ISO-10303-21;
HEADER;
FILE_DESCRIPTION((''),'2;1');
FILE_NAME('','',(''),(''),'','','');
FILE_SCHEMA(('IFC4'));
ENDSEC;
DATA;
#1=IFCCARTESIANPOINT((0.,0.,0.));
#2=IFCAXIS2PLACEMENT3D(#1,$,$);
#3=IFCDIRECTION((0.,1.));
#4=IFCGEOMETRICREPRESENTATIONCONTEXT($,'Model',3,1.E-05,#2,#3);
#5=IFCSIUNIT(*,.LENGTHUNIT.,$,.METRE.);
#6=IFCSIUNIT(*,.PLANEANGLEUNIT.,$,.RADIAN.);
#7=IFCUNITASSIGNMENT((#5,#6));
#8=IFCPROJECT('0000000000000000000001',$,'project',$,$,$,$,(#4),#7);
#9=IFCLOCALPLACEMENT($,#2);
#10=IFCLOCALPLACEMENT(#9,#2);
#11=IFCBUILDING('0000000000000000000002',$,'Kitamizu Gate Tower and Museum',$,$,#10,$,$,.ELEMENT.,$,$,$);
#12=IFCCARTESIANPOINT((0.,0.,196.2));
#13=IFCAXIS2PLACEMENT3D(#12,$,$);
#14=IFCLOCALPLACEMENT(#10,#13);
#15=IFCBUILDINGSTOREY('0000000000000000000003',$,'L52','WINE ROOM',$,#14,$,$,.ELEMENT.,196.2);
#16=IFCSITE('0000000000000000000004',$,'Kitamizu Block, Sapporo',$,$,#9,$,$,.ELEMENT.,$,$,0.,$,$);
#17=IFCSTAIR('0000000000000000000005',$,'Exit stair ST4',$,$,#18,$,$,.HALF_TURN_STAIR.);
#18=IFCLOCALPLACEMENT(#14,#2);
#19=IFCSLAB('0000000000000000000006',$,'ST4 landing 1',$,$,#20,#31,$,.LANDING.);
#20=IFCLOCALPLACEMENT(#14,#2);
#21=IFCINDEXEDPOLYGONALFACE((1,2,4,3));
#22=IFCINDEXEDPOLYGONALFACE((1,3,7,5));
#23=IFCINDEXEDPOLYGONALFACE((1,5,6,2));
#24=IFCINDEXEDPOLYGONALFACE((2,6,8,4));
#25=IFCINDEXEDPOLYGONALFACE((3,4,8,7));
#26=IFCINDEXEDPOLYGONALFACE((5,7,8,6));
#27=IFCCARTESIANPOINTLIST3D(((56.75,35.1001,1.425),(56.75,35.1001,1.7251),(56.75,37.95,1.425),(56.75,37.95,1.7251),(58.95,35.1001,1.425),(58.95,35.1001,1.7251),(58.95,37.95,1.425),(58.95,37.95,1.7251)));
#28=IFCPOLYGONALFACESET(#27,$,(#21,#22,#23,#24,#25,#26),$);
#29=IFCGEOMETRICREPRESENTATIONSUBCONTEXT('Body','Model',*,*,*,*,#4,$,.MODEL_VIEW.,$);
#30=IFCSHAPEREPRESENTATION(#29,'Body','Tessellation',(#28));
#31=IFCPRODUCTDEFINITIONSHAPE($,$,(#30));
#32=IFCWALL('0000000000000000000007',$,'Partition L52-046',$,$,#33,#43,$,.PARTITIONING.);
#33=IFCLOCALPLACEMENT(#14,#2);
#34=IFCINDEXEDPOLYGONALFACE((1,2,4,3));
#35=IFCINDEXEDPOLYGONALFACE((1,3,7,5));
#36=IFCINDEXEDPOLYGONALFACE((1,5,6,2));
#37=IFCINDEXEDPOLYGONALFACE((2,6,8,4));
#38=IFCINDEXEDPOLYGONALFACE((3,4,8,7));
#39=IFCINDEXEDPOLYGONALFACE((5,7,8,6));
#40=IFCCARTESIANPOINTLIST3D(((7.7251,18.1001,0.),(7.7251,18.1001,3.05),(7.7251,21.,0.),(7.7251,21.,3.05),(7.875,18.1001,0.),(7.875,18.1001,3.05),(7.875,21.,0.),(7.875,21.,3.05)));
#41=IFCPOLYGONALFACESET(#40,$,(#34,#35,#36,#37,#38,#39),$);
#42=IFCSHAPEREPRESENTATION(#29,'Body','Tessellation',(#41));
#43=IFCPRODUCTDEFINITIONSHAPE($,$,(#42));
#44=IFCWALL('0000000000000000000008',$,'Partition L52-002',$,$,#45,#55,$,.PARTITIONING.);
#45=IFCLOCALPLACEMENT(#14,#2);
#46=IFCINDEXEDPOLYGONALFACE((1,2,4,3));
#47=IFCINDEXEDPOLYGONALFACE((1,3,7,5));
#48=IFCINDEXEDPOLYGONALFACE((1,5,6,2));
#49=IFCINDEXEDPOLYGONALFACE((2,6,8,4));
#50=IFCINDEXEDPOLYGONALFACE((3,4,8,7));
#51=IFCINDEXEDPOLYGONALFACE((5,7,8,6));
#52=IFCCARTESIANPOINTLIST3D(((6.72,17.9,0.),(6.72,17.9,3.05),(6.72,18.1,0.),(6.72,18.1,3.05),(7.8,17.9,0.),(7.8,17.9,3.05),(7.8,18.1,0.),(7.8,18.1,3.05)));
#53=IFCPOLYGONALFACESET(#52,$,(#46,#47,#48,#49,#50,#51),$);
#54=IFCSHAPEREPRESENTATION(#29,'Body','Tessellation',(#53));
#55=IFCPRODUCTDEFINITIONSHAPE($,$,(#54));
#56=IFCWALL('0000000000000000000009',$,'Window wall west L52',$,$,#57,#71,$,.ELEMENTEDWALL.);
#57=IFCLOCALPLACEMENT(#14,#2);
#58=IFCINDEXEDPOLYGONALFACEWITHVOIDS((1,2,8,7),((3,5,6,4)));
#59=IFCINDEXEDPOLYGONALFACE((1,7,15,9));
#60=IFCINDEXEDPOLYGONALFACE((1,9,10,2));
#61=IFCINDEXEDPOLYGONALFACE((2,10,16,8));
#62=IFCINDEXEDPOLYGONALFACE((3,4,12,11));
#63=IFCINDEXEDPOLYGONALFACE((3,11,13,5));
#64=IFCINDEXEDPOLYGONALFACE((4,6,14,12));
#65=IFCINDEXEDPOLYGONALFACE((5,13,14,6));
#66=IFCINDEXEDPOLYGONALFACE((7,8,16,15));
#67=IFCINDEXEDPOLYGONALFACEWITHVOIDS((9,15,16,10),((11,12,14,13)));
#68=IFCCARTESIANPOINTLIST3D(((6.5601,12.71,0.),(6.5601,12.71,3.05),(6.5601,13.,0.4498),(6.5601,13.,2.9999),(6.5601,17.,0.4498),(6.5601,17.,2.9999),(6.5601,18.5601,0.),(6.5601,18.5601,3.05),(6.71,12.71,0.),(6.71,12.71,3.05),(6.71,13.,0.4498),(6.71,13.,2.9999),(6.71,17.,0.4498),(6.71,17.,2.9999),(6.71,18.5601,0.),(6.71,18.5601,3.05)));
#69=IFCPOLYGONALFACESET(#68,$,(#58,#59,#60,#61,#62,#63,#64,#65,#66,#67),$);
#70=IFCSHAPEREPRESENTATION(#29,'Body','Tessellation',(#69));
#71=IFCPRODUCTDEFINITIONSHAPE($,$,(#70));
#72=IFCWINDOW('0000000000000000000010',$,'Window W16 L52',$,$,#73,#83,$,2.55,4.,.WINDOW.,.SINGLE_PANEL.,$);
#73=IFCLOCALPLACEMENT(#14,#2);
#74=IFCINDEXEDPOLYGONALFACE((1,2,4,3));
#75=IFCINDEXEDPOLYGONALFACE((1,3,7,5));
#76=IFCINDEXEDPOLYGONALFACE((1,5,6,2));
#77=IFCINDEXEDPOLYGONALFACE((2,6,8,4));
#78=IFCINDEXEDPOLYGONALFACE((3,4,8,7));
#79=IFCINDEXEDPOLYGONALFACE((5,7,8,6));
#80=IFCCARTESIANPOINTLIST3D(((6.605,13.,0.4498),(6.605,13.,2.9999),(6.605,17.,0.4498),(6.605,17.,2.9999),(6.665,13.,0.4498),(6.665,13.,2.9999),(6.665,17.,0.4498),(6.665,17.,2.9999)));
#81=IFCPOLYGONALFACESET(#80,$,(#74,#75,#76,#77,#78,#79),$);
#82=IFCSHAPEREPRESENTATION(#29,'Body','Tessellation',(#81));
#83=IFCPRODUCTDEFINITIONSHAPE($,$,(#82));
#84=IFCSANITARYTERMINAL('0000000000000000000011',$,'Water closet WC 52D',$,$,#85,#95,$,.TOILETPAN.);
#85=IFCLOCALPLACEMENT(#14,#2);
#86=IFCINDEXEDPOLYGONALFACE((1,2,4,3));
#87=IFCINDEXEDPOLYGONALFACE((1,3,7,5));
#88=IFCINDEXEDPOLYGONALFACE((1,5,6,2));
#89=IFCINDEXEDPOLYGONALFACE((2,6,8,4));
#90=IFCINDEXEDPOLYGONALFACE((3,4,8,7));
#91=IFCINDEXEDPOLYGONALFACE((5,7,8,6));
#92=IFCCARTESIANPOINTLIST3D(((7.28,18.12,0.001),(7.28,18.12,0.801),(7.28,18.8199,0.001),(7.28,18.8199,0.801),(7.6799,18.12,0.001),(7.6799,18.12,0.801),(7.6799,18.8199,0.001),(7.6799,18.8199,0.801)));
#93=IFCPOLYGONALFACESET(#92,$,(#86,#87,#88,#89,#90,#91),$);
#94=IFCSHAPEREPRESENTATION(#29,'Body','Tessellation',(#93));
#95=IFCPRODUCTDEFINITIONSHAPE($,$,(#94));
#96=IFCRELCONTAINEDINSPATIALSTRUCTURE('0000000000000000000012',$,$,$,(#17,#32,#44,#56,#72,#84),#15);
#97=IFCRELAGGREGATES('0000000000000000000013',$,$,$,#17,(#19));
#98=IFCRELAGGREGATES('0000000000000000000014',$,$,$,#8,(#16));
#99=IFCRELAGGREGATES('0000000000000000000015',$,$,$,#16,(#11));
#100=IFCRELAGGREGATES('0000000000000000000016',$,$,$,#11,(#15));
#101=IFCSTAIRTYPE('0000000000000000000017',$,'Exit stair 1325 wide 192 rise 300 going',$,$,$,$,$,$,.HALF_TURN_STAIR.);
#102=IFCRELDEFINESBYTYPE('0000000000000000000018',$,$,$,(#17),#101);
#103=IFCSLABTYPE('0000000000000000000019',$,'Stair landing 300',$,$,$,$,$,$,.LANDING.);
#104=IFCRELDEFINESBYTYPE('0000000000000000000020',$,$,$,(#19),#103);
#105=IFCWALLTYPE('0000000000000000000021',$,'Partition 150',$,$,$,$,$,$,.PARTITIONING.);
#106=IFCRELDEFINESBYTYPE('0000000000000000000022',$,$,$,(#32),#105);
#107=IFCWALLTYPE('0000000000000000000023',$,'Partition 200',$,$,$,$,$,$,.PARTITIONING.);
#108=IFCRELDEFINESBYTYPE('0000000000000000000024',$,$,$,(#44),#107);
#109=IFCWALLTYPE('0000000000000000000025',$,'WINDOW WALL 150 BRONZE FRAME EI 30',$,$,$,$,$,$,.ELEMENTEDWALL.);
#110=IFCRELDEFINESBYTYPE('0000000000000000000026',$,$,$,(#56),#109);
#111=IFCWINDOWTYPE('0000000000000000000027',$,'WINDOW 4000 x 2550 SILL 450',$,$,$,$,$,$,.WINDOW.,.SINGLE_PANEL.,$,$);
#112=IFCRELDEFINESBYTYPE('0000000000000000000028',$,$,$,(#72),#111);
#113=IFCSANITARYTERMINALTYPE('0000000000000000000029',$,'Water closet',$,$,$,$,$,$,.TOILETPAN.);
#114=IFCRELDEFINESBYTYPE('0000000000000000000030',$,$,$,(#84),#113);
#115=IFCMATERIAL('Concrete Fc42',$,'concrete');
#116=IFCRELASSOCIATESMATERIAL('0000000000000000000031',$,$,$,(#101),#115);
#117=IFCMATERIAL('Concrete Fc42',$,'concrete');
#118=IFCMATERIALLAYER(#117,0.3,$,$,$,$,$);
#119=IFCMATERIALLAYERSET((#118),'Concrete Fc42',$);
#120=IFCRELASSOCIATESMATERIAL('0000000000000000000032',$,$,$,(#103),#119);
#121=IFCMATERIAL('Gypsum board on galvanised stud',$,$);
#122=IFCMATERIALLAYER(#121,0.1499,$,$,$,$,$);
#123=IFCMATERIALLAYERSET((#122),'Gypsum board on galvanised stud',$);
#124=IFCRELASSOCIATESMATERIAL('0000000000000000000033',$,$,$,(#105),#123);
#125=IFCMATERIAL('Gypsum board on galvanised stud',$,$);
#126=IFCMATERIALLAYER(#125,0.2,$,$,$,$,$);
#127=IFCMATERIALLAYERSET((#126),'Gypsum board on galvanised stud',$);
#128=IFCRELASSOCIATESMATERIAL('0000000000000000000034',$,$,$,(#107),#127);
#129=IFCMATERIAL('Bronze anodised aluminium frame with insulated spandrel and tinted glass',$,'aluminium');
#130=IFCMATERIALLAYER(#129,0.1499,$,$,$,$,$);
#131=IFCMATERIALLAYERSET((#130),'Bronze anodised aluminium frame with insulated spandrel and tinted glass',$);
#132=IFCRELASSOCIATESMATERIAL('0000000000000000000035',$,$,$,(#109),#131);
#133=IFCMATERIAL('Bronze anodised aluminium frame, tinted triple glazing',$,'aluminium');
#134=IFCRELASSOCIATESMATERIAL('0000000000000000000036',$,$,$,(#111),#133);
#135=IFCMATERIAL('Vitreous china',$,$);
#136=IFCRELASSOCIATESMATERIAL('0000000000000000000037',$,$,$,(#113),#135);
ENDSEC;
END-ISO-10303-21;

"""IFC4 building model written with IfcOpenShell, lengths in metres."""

from ifc_helpers import new_model, si_unit, direction, frame, frame_2d, origin, origin_2d, place, context, subcontext, project, spatial, polyline, rectangle, outline, extrude, material, layer, layer_set, type_object, element, fill, aggregate, save


model = new_model("IFC4")

# Units and contexts
model_context = context("Model", 3, precision=1e-05, world=origin(), true_north=direction((0.0, 1.0)))
body_context = subcontext(model_context, "Body", "Model", "MODEL_VIEW")
ifc_project = project(units=[si_unit("LENGTHUNIT", "METRE"), si_unit("PLANEANGLEUNIT", "RADIAN")], contexts=[model_context])

# Site, building, storey
site_placement = place(None, origin())
site = spatial("IfcSite", under=ifc_project, at=site_placement, Name="Kitamizu Block, Sapporo", CompositionType="ELEMENT", RefElevation=0.0)
building_placement = place(site_placement, origin())
building = spatial("IfcBuilding", under=site, at=building_placement, Name="Kitamizu Gate Tower and Museum", CompositionType="ELEMENT")
storey_placement = place(building_placement, frame((0.0, 0.0, 196.2)))
storey = spatial("IfcBuildingStorey", under=building, at=storey_placement, Name="L52", Description="WINE ROOM", CompositionType="ELEMENT", Elevation=196.2)

# Stair, slab
ifc_material_1 = material(Name="Concrete Fc42", Category="concrete")
stair_type = type_object("IfcStairType", Name="Exit stair 1325 wide 192 rise 300 going", PredefinedType="HALF_TURN_STAIR", material=ifc_material_1)
stair_placement = place(storey_placement, origin())
stair = element("IfcStair", 1, at=stair_placement, inside=storey, type_object=stair_type, Name="Exit stair ST4", PredefinedType="HALF_TURN_STAIR")
ifc_material_2 = material(Name="Concrete Fc42", Category="concrete")
ifc_layer_1 = layer(ifc_material_2, 0.3)
ifc_layer_set_1 = layer_set([ifc_layer_1], Name="Concrete Fc42")
slab_type = type_object("IfcSlabType", Name="Stair landing 300", PredefinedType="LANDING", material=ifc_layer_set_1)
slab_placement = place(storey_placement, frame((0.0, 0.0, 1.425)))
slab = element("IfcSlab", 2, at=slab_placement, type_object=slab_type, Name="ST4 landing 1", PredefinedType="LANDING", context=body_context, shape_type="SweptSolid", body=[
    extrude(outline(polyline([(56.75, 35.1001), (58.95, 35.1001), (58.95, 37.95), (56.75, 37.95), (56.75, 35.1001)])), origin(), (0.0, 0.0, 1.0), 0.3),
])
aggregate(stair, [slab])

# Walls
ifc_material_3 = material(Name="Gypsum board on galvanised stud")
ifc_layer_2 = layer(ifc_material_3, 0.1499)
ifc_layer_set_2 = layer_set([ifc_layer_2], Name="Gypsum board on galvanised stud")
wall_type_1 = type_object("IfcWallType", Name="Partition 150", PredefinedType="PARTITIONING", material=ifc_layer_set_2)
wall_1_placement = place(storey_placement, frame((7.8, 18.1001, 0.0), z_axis=(0.0, 0.0, 1.0), x_axis=(0.0, 1.0, 0.0)))
element("IfcWall", 3, at=wall_1_placement, inside=storey, type_object=wall_type_1, Name="Partition L52-046", PredefinedType="PARTITIONING", context=body_context, shape_type="SweptSolid", body=[
    extrude(rectangle(XDim=2.8999, YDim=0.1499, at=frame_2d((1.45, 0.0))), origin(), (0.0, 0.0, 1.0), 3.05),
])
ifc_material_4 = material(Name="Gypsum board on galvanised stud")
ifc_layer_3 = layer(ifc_material_4, 0.2)
ifc_layer_set_3 = layer_set([ifc_layer_3], Name="Gypsum board on galvanised stud")
wall_type_2 = type_object("IfcWallType", Name="Partition 200", PredefinedType="PARTITIONING", material=ifc_layer_set_3)
wall_2_placement = place(storey_placement, frame((7.8, 18.0, 0.0), z_axis=(0.0, 0.0, 1.0), x_axis=(-1.0, 0.0, 0.0)))
element("IfcWall", 4, at=wall_2_placement, inside=storey, type_object=wall_type_2, Name="Partition L52-002", PredefinedType="PARTITIONING", context=body_context, shape_type="SweptSolid", body=[
    extrude(rectangle(XDim=1.0801, YDim=0.2, at=frame_2d((0.54, 0.0))), origin(), (0.0, 0.0, 1.0), 3.05),
])

# Shared definitions
ifc_material_5 = material(Name="Bronze anodised aluminium frame with insulated spandrel and tinted glass", Category="aluminium")
ifc_layer_4 = layer(ifc_material_5, 0.1499)
ifc_layer_set_4 = layer_set([ifc_layer_4], Name="Bronze anodised aluminium frame with insulated spandrel and tinted glass")
wall_type_3 = type_object("IfcWallType", Name="WINDOW WALL 150 BRONZE FRAME EI 30", PredefinedType="ELEMENTEDWALL", material=ifc_layer_set_4)

# Wall, opening, window
wall_3_placement = place(storey_placement, frame((6.635, 12.71, 0.0), z_axis=(0.0, 0.0, 1.0), x_axis=(0.0, 1.0, 0.0)))
wall_3 = element("IfcWall", 5, at=wall_3_placement, inside=storey, type_object=wall_type_3, Name="Window wall west L52", PredefinedType="ELEMENTEDWALL", context=body_context, shape_type="SweptSolid", body=[
    extrude(rectangle(XDim=5.8501, YDim=0.1499, at=frame_2d((2.925, 0.0))), origin(), (0.0, 0.0, 1.0), 3.05),
])
opening_1_placement = place(wall_3_placement, frame((0.29, 0.0, 0.45)))
opening_1 = element("IfcOpeningElement", 6, at=opening_1_placement, cuts=wall_3, PredefinedType="OPENING", context=body_context, shape_type="SweptSolid", body=[
    extrude(rectangle(XDim=4.0, YDim=2.55, at=frame_2d((2.0, 1.2749))), frame((0.0, 0.085, 0.0), z_axis=(0.0, -1.0, 0.0), x_axis=(1.0, 0.0, 0.0)), (0.0, 0.0, 1.0), 0.1699),
])
ifc_material_6 = material(Name="Bronze anodised aluminium frame, tinted triple glazing", Category="aluminium")
window_type_1 = type_object("IfcWindowType", Name="WINDOW 4000 x 2550 SILL 450", PartitioningType="SINGLE_PANEL", PredefinedType="WINDOW", material=ifc_material_6)
window_1_placement = place(opening_1_placement, origin())
window_1 = element("IfcWindow", 7, at=window_1_placement, inside=storey, type_object=window_type_1, Name="Window W16 L52", OverallHeight=2.55, OverallWidth=4.0, PartitioningType="SINGLE_PANEL", PredefinedType="WINDOW", context=body_context, shape_type="SweptSolid", body=[
    extrude(rectangle(XDim=4.0, YDim=2.55, at=frame_2d((2.0, 1.2749))), frame((0.0, 0.03, 0.0), z_axis=(0.0, -1.0, 0.0), x_axis=(1.0, 0.0, 0.0)), (0.0, 0.0, 1.0), 0.0601),
])
fill(opening_1, window_1)

# Sanitary terminal
ifc_material_7 = material(Name="Vitreous china")
sanitary_terminal_type = type_object("IfcSanitaryTerminalType", Name="Water closet", PredefinedType="TOILETPAN", material=ifc_material_7)
sanitary_terminal_placement = place(storey_placement, frame((7.48, 18.47, 0.001), z_axis=(0.0, 0.0, 1.0), x_axis=(1.0, 0.0, 0.0)))
element("IfcSanitaryTerminal", 8, at=sanitary_terminal_placement, inside=storey, type_object=sanitary_terminal_type, Name="Water closet WC 52D", PredefinedType="TOILETPAN", context=body_context, shape_type="SweptSolid", body=[
    extrude(rectangle(XDim=0.3999, YDim=0.7, at=origin_2d()), origin(), (0.0, 0.0, 1.0), 0.8),
])

save(model, "model.ifc")
